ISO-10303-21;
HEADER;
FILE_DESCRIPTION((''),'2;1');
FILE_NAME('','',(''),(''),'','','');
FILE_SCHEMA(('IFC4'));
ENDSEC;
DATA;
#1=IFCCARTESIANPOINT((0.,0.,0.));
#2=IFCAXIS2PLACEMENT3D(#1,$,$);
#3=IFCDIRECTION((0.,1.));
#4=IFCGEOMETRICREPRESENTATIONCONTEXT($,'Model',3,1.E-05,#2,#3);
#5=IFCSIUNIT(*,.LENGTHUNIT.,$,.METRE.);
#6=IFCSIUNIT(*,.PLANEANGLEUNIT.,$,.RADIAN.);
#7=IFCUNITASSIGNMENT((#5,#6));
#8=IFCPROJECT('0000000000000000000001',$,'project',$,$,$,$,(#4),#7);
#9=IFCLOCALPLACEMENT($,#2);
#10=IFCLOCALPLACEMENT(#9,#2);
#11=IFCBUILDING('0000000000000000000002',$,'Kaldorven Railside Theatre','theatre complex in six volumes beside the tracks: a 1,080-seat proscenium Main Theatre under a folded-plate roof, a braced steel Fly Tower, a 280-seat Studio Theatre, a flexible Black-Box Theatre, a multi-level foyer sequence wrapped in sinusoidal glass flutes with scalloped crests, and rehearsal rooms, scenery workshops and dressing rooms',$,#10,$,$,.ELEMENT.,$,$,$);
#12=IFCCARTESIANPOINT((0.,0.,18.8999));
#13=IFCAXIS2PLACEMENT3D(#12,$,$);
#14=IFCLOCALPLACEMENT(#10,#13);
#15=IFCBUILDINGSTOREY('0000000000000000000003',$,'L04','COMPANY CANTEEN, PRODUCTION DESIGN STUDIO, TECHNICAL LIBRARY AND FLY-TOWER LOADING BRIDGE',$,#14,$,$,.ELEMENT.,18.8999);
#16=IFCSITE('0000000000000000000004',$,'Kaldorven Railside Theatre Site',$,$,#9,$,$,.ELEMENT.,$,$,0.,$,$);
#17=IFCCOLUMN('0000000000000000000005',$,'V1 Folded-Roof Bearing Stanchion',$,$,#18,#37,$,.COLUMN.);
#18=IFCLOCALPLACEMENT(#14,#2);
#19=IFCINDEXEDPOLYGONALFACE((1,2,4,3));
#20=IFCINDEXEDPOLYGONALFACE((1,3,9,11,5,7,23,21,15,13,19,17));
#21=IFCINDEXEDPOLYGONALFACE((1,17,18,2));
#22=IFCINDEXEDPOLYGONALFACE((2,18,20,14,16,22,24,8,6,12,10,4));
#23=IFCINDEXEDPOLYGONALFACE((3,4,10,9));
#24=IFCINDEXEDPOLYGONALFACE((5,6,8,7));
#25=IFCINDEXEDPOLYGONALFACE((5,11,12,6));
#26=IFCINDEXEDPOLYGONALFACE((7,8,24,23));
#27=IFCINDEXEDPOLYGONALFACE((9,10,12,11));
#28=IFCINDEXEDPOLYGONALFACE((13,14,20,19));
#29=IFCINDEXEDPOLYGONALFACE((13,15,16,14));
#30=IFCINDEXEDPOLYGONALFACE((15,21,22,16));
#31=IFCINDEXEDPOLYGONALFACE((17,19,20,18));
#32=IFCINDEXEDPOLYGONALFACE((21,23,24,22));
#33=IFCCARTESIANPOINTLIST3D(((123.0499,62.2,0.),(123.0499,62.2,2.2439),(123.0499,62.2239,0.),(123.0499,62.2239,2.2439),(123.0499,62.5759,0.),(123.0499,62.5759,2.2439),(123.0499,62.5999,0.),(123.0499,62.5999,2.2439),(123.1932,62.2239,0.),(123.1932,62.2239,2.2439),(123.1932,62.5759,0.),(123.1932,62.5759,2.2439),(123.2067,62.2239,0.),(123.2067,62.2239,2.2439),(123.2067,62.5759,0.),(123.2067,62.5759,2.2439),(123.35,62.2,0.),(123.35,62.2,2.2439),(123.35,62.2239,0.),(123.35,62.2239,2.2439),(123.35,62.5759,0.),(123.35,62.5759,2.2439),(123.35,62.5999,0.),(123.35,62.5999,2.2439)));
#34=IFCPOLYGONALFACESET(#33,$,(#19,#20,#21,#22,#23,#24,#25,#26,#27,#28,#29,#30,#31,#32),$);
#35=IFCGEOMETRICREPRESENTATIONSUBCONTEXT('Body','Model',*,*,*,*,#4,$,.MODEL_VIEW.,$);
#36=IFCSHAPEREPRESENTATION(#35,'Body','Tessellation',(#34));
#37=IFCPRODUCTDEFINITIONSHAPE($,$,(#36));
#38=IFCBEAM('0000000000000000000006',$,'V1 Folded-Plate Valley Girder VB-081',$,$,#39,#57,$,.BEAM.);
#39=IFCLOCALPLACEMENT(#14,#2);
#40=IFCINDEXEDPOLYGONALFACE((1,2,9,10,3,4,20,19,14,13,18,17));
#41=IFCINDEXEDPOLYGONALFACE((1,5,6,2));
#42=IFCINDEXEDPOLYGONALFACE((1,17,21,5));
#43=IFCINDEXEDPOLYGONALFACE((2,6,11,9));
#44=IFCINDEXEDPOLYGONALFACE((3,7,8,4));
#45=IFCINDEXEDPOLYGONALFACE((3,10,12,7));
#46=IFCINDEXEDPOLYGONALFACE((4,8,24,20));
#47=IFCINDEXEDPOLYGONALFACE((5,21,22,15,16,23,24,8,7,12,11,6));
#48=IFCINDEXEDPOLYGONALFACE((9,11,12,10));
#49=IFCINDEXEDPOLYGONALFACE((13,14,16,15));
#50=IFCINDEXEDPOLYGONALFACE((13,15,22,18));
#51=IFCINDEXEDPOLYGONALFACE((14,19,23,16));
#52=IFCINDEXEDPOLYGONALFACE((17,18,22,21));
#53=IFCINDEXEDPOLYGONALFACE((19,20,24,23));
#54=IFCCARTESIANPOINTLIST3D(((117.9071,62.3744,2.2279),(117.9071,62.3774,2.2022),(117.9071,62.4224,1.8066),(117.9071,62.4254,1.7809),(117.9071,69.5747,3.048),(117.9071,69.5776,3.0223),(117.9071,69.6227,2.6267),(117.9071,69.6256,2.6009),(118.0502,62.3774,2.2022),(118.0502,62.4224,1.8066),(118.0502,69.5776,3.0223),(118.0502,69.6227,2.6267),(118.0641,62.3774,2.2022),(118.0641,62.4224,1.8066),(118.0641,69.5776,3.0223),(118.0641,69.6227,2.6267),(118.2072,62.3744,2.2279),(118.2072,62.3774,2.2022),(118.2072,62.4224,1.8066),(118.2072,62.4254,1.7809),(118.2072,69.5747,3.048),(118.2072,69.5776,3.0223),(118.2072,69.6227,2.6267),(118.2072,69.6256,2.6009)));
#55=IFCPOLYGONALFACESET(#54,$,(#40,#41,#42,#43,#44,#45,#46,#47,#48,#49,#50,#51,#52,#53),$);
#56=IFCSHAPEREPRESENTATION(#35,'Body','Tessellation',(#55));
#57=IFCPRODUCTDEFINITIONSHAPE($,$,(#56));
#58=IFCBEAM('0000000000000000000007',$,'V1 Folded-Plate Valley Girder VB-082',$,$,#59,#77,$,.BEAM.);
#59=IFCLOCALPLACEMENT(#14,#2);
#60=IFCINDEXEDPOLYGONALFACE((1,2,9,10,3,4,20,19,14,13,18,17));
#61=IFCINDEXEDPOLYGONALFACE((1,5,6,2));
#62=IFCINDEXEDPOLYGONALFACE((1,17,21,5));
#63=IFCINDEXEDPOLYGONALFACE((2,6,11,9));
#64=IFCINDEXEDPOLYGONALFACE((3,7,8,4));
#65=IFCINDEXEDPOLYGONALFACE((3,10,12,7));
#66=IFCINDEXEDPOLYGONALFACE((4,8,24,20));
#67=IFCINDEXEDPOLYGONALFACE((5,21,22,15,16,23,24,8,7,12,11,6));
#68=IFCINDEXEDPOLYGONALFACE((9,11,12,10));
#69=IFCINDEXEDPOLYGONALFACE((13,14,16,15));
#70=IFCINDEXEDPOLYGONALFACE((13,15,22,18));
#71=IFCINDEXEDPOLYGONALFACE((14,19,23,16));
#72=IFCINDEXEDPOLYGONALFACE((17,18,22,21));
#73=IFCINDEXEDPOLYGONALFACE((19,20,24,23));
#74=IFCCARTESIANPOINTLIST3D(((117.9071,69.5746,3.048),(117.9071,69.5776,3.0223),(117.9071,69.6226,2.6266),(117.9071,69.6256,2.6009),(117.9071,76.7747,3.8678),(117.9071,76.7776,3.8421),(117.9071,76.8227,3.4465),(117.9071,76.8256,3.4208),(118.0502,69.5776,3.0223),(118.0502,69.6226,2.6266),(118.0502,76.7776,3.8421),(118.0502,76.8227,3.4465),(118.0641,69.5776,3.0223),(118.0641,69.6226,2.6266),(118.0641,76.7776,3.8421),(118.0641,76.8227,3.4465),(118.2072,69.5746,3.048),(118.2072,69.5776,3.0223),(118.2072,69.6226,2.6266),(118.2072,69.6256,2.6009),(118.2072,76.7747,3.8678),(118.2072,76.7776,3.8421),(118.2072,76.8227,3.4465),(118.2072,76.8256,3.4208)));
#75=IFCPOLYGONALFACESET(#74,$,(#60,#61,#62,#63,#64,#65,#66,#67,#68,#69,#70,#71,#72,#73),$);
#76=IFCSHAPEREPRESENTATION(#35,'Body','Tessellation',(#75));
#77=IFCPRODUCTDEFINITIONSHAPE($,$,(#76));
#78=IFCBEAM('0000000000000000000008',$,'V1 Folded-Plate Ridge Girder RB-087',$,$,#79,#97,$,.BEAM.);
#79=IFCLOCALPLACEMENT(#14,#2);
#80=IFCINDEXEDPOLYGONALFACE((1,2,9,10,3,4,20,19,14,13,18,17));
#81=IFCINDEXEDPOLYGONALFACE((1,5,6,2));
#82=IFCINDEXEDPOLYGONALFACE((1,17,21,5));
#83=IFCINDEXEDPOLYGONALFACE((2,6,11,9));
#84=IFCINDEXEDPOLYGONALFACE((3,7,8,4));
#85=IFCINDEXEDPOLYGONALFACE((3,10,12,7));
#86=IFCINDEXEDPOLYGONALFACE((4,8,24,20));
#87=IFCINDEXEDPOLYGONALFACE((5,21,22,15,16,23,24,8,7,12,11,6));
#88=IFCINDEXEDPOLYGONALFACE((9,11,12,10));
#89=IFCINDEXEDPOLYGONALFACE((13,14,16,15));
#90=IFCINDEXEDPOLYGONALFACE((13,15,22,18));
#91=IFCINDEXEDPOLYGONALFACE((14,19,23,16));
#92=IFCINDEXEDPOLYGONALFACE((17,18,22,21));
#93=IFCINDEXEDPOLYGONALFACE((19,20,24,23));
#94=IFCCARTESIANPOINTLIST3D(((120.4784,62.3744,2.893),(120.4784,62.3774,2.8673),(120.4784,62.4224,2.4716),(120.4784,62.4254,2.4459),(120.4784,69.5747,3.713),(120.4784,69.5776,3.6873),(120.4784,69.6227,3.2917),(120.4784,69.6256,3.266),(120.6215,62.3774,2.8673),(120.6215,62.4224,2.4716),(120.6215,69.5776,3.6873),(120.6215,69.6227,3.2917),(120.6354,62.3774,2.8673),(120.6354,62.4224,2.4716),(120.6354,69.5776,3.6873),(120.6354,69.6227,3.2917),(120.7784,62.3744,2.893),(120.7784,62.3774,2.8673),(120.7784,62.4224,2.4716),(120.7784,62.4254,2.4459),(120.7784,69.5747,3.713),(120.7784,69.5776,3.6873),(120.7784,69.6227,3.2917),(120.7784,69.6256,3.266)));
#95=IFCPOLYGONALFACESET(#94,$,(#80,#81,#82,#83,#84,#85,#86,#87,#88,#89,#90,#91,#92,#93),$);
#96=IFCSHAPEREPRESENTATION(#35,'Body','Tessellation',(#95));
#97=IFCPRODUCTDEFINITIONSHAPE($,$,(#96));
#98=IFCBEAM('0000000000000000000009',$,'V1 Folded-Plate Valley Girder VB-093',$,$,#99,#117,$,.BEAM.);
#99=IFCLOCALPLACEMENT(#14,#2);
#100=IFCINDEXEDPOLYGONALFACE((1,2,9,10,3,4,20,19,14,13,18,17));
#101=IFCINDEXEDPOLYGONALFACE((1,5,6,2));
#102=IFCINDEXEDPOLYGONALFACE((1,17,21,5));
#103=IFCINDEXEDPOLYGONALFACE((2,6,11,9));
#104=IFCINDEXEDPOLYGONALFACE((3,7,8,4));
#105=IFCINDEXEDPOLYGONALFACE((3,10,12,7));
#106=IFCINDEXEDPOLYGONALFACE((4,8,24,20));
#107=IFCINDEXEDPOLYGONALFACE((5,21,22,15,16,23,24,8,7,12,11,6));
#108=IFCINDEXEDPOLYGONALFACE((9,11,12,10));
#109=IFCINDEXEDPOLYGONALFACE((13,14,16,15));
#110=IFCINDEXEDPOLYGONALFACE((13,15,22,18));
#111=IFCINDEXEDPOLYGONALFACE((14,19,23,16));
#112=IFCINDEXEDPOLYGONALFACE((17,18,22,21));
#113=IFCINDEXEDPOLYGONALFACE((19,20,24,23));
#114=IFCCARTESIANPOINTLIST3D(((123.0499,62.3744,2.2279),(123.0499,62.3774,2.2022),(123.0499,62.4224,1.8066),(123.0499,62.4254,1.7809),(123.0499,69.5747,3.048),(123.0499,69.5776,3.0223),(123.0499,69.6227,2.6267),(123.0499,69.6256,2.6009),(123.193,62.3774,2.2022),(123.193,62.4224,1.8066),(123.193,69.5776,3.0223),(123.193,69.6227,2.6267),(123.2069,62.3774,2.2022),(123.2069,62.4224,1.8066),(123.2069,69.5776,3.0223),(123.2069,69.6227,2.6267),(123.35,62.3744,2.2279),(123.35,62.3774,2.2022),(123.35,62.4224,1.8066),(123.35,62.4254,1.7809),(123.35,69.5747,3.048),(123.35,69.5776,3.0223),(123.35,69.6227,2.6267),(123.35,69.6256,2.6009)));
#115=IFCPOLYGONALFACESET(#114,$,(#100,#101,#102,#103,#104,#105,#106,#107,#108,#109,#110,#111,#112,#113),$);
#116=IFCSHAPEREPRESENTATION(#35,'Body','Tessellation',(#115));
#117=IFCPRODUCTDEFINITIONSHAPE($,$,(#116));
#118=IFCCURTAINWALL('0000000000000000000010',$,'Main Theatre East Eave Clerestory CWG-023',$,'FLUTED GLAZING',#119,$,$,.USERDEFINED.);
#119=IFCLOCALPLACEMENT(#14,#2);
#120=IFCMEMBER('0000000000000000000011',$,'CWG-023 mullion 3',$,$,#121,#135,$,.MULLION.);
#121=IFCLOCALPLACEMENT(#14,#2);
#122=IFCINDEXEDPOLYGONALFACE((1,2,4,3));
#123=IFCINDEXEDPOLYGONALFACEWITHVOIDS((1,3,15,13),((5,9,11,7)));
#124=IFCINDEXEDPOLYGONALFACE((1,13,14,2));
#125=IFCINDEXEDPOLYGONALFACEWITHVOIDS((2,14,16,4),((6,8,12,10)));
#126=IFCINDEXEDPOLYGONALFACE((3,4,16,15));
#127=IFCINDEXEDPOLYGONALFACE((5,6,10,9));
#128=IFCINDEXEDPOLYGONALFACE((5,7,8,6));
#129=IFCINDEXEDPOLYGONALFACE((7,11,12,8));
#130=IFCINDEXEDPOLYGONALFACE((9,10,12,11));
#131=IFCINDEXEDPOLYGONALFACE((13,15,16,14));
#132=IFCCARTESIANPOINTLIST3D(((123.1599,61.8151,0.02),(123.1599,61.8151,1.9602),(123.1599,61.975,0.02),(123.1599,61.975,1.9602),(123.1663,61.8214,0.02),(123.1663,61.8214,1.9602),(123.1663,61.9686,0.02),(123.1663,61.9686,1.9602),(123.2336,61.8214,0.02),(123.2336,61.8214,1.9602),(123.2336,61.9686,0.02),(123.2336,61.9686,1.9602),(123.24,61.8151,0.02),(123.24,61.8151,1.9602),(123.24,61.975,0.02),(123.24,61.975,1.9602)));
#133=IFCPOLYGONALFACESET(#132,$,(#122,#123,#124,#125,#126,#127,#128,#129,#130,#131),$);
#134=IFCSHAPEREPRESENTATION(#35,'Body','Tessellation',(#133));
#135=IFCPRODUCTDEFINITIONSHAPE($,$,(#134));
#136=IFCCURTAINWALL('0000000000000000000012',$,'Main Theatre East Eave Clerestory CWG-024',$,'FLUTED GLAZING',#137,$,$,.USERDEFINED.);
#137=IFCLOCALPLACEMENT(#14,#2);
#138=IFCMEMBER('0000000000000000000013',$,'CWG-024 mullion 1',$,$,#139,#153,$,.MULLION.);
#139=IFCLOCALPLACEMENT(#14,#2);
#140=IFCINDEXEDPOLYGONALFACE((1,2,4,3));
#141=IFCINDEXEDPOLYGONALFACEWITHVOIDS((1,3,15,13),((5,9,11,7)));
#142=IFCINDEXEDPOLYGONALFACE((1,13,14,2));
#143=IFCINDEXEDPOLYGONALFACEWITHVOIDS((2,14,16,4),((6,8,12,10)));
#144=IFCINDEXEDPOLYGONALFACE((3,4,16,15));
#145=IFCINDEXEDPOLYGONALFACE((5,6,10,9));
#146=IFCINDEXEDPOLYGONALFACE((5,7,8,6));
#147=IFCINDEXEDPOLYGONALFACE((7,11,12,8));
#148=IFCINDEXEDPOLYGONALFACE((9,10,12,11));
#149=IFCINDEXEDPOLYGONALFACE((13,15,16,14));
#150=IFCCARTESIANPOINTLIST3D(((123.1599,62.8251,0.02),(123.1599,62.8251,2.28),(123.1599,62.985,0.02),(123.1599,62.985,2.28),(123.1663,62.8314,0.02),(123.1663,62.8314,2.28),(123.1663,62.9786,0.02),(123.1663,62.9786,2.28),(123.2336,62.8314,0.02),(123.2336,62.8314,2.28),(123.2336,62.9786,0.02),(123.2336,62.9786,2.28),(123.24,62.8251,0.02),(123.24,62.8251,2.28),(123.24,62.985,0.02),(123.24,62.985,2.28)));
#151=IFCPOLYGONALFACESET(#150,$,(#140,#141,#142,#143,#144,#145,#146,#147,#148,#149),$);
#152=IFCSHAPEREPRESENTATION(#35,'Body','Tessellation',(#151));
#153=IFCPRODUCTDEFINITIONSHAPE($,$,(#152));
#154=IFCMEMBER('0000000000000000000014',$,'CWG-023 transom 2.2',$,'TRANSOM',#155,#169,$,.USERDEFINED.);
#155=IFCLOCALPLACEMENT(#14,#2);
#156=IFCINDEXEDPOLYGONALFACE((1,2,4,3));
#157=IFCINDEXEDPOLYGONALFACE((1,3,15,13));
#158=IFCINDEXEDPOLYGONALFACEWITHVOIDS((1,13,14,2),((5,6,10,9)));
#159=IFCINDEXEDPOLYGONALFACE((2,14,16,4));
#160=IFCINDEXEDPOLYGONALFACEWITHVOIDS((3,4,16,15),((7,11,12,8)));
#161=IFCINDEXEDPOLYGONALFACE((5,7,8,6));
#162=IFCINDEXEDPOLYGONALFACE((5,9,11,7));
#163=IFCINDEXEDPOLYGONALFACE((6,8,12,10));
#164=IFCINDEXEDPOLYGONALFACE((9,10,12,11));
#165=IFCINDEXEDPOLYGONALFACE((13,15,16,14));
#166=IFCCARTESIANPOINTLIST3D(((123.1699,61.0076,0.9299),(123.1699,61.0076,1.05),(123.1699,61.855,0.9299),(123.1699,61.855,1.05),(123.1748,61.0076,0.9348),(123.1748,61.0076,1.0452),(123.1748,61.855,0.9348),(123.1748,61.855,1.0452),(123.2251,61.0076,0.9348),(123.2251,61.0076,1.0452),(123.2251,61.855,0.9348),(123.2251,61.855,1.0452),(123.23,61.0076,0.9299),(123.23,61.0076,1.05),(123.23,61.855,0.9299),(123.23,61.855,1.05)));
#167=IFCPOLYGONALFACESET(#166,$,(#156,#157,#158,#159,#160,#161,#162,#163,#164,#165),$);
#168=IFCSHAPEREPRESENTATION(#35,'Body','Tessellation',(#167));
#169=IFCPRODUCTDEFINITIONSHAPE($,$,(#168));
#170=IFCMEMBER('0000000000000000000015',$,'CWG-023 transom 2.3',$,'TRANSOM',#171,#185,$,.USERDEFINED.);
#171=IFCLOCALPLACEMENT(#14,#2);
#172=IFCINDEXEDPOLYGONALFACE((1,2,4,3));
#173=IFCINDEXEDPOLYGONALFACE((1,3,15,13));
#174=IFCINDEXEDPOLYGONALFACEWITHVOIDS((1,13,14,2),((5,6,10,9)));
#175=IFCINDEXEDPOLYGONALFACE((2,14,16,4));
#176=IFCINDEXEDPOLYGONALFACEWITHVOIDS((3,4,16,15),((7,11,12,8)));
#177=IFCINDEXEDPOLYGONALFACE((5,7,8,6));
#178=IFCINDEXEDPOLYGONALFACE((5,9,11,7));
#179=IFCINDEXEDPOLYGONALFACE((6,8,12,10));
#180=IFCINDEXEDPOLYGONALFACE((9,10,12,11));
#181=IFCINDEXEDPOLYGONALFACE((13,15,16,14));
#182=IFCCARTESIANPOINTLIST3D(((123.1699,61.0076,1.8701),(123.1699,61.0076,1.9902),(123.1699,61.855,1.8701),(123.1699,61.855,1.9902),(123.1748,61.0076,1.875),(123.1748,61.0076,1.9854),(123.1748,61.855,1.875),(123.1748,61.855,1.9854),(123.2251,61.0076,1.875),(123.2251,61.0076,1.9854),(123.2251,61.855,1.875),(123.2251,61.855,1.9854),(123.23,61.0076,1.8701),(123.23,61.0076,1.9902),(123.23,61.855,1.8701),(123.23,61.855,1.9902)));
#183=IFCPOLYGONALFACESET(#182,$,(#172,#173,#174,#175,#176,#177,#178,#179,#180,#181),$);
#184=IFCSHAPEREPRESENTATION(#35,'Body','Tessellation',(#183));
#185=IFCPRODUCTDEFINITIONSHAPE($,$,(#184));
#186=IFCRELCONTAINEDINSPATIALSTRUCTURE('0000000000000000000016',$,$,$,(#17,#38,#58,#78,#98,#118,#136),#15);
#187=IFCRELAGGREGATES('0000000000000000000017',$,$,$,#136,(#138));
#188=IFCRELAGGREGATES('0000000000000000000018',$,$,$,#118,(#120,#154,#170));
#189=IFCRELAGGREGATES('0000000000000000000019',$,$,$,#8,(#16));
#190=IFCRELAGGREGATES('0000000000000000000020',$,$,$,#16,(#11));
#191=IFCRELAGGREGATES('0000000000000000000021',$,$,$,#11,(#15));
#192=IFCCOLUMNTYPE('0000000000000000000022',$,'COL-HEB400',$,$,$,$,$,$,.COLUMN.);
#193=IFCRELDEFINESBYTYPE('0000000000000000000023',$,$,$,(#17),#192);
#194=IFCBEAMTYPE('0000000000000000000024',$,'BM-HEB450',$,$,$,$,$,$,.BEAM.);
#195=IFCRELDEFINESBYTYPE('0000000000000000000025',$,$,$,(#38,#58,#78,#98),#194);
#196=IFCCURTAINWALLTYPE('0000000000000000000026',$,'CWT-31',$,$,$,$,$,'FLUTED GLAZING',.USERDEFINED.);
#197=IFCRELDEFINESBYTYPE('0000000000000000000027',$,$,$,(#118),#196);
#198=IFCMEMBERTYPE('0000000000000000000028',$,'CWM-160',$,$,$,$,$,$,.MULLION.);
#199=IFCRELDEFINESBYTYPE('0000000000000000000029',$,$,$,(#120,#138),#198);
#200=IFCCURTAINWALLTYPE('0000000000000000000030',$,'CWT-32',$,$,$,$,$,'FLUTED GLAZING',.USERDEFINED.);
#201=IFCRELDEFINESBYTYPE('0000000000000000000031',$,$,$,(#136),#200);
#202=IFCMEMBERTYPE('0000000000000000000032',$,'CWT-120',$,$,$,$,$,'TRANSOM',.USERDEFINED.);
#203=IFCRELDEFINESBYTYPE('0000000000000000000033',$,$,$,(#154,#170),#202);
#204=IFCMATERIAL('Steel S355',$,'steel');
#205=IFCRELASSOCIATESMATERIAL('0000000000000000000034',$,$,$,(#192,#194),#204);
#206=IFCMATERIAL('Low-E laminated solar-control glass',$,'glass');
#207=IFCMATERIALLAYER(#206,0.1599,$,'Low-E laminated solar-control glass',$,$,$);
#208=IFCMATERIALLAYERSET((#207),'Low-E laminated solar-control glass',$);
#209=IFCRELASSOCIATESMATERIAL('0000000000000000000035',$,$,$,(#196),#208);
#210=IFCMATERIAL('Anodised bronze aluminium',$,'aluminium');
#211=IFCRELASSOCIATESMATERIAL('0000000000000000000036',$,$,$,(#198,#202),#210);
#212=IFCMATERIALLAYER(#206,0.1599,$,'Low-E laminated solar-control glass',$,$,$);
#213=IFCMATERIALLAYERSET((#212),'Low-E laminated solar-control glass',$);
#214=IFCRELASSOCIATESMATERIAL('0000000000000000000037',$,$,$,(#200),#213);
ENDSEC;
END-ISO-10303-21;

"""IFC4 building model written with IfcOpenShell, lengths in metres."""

from ifc_helpers import new_model, si_unit, direction, frame, origin, origin_2d, place, context, subcontext, project, spatial, hollow_rectangle, i_section, extrude, material, layer, layer_set, material_profile, profile_set, type_object, element, aggregate, save


model = new_model("IFC4")

# Units and contexts
model_context = context("Model", 3, precision=1e-05, world=origin(), true_north=direction((0.0, 1.0)))
body_context = subcontext(model_context, "Body", "Model", "MODEL_VIEW")
ifc_project = project(units=[si_unit("LENGTHUNIT", "METRE"), si_unit("PLANEANGLEUNIT", "RADIAN")], contexts=[model_context])

# Site, building, storey
site_placement = place(None, origin())
site = spatial("IfcSite", under=ifc_project, at=site_placement, Name="Kaldorven Railside Theatre Site", CompositionType="ELEMENT", RefElevation=0.0)
building_placement = place(site_placement, origin())
building = spatial("IfcBuilding", under=site, at=building_placement, Name="Kaldorven Railside Theatre", Description="theatre complex in six volumes beside the tracks: a 1,080-seat proscenium Main Theatre under a folded-plate roof, a braced steel Fly Tower, a 280-seat Studio Theatre, a flexible Black-Box Theatre, a multi-level foyer sequence wrapped in sinusoidal glass flutes with scalloped crests, and rehearsal rooms, scenery workshops and dressing rooms", CompositionType="ELEMENT")
storey_placement = place(building_placement, frame((0.0, 0.0, 18.8999)))
storey = spatial("IfcBuildingStorey", under=building, at=storey_placement, Name="L04", Description="COMPANY CANTEEN, PRODUCTION DESIGN STUDIO, TECHNICAL LIBRARY AND FLY-TOWER LOADING BRIDGE", CompositionType="ELEMENT", Elevation=18.8999)

# Column
ifc_material_1 = material(Name="Steel S355", Category="steel")
ifc_material_profile_1 = material_profile(ifc_material_1, i_section(OverallWidth=0.3, OverallDepth=0.3999, WebThickness=0.0134, FlangeThickness=0.0239, at=origin_2d()), Name="HEB 400")
ifc_profile_set_1 = profile_set([ifc_material_profile_1], Name="Steel S355")
column_type = type_object("IfcColumnType", Name="COL-HEB400", PredefinedType="COLUMN", material=ifc_profile_set_1)
column_placement = place(storey_placement, frame((123.2, 62.3999, 0.0), z_axis=(0.0, 0.0, 1.0), x_axis=(1.0, 0.0, 0.0)))
element("IfcColumn", 1, at=column_placement, inside=storey, type_object=column_type, Name="V1 Folded-Roof Bearing Stanchion", PredefinedType="COLUMN", context=body_context, shape_type="SweptSolid", body=[
    extrude(i_section(OverallWidth=0.3, OverallDepth=0.3999, WebThickness=0.0134, FlangeThickness=0.0239, at=origin_2d()), origin(), (0.0, 0.0, 1.0), 2.2439),
])

# Beams
ifc_material_profile_2 = material_profile(ifc_material_1, i_section(OverallWidth=0.3, OverallDepth=0.45, WebThickness=0.0139, FlangeThickness=0.0259, at=origin_2d()), Name="HEB 450")
ifc_profile_set_2 = profile_set([ifc_material_profile_2], Name="Steel S355")
beam_type = type_object("IfcBeamType", Name="BM-HEB450", PredefinedType="BEAM", material=ifc_profile_set_2)
beam_1_placement = place(storey_placement, frame((118.0571, 62.3999, 2.0044), z_axis=(0.0, 0.993576, 0.113164), x_axis=(-1.0, 0.0, 0.0)))
element("IfcBeam", 2, at=beam_1_placement, inside=storey, type_object=beam_type, Name="V1 Folded-Plate Valley Girder VB-081", PredefinedType="BEAM", context=body_context, shape_type="SweptSolid", body=[
    extrude(i_section(OverallWidth=0.3, OverallDepth=0.45, WebThickness=0.0139, FlangeThickness=0.0259, at=origin_2d()), origin(), (0.0, 0.0, 1.0), 7.2468),
])
beam_2_placement = place(storey_placement, frame((118.0571, 69.6001, 2.8245), z_axis=(0.0, 0.99358, 0.113134), x_axis=(-1.0, 0.0, 0.0)))
element("IfcBeam", 3, at=beam_2_placement, inside=storey, type_object=beam_type, Name="V1 Folded-Plate Valley Girder VB-082", PredefinedType="BEAM", context=body_context, shape_type="SweptSolid", body=[
    extrude(i_section(OverallWidth=0.3, OverallDepth=0.45, WebThickness=0.0139, FlangeThickness=0.0259, at=origin_2d()), origin(), (0.0, 0.0, 1.0), 7.2466),
])
for number, where, z_axis, x_axis, name in (
    (4, (120.6284, 62.3999, 2.6694), (0.0, 0.993576, 0.113164), (-1.0, 0.0, 0.0), "V1 Folded-Plate Ridge Girder RB-087"),
    (5, (123.2, 62.3999, 2.0044), (0.0, 0.993576, 0.113164), (-1.0, 0.0, 0.0), "V1 Folded-Plate Valley Girder VB-093"),
):
    element("IfcBeam", number, at=place(storey_placement, frame(where, z_axis=z_axis, x_axis=x_axis)), inside=storey, type_object=beam_type, Name=name, PredefinedType="BEAM", context=body_context, shape_type="SweptSolid", body=[
        extrude(i_section(OverallWidth=0.3, OverallDepth=0.45, WebThickness=0.0139, FlangeThickness=0.0259, at=origin_2d()), origin(), (0.0, 0.0, 1.0), 7.2468),
    ])

# Curtain walls, members
ifc_material_2 = material(Name="Low-E laminated solar-control glass", Category="glass")
ifc_layer_1 = layer(ifc_material_2, 0.1599, Name="Low-E laminated solar-control glass")
ifc_layer_set_1 = layer_set([ifc_layer_1], Name="Low-E laminated solar-control glass")
curtain_wall_type_1 = type_object("IfcCurtainWallType", Name="CWT-31", ElementType="FLUTED GLAZING", PredefinedType="USERDEFINED", material=ifc_layer_set_1)
curtain_wall_1_placement = place(storey_placement, origin())
curtain_wall_1 = element("IfcCurtainWall", 6, at=curtain_wall_1_placement, inside=storey, type_object=curtain_wall_type_1, Name="Main Theatre East Eave Clerestory CWG-023", ObjectType="FLUTED GLAZING", PredefinedType="USERDEFINED")
ifc_material_3 = material(Name="Anodised bronze aluminium", Category="aluminium")
ifc_material_profile_3 = material_profile(ifc_material_3, hollow_rectangle(XDim=0.0801, YDim=0.1599, WallThickness=0.0063, at=origin_2d()), Name="RHS 160x80x6.3")
ifc_profile_set_3 = profile_set([ifc_material_profile_3], Name="Anodised bronze aluminium")
member_type_1 = type_object("IfcMemberType", Name="CWM-160", PredefinedType="MULLION", material=ifc_profile_set_3)
member_1_placement = place(storey_placement, frame((123.2, 61.895, 0.02), z_axis=(0.0, 0.0, 1.0), x_axis=(-1.0, 0.0, 0.0)))
member_1 = element("IfcMember", 7, at=member_1_placement, type_object=member_type_1, Name="CWG-023 mullion 3", PredefinedType="MULLION", context=body_context, shape_type="SweptSolid", body=[
    extrude(hollow_rectangle(XDim=0.0801, YDim=0.1599, WallThickness=0.0063, at=origin_2d()), origin(), (0.0, 0.0, 1.0), 1.9402),
])
ifc_layer_2 = layer(ifc_material_2, 0.1599, Name="Low-E laminated solar-control glass")
ifc_layer_set_2 = layer_set([ifc_layer_2], Name="Low-E laminated solar-control glass")
curtain_wall_type_2 = type_object("IfcCurtainWallType", Name="CWT-32", ElementType="FLUTED GLAZING", PredefinedType="USERDEFINED", material=ifc_layer_set_2)
curtain_wall_2_placement = place(storey_placement, origin())
curtain_wall_2 = element("IfcCurtainWall", 8, at=curtain_wall_2_placement, inside=storey, type_object=curtain_wall_type_2, Name="Main Theatre East Eave Clerestory CWG-024", ObjectType="FLUTED GLAZING", PredefinedType="USERDEFINED")
member_2_placement = place(storey_placement, frame((123.2, 62.905, 0.02), z_axis=(0.0, 0.0, 1.0), x_axis=(-1.0, 0.0, 0.0)))
member_2 = element("IfcMember", 9, at=member_2_placement, type_object=member_type_1, Name="CWG-024 mullion 1", PredefinedType="MULLION", context=body_context, shape_type="SweptSolid", body=[
    extrude(hollow_rectangle(XDim=0.0801, YDim=0.1599, WallThickness=0.0063, at=origin_2d()), origin(), (0.0, 0.0, 1.0), 2.26),
])

# Members
ifc_material_profile_4 = material_profile(ifc_material_3, hollow_rectangle(XDim=0.0601, YDim=0.1201, WallThickness=0.0049, at=origin_2d()), Name="RHS 120x60x5")
ifc_profile_set_4 = profile_set([ifc_material_profile_4], Name="Anodised bronze aluminium")
member_type_2 = type_object("IfcMemberType", Name="CWT-120", ElementType="TRANSOM", PredefinedType="USERDEFINED", material=ifc_profile_set_4)
member_3_placement = place(storey_placement, frame((123.2, 61.0076, 0.99), z_axis=(0.0, 1.0, 0.0), x_axis=(-1.0, 0.0, 0.0)))
member_3 = element("IfcMember", 10, at=member_3_placement, type_object=member_type_2, Name="CWG-023 transom 2.2", ObjectType="TRANSOM", PredefinedType="USERDEFINED", context=body_context, shape_type="SweptSolid", body=[
    extrude(hollow_rectangle(XDim=0.0601, YDim=0.1201, WallThickness=0.0049, at=origin_2d()), origin(), (0.0, 0.0, 1.0), 0.8474),
])
member_4_placement = place(storey_placement, frame((123.2, 61.0076, 1.9302), z_axis=(0.0, 1.0, 0.0), x_axis=(-1.0, 0.0, 0.0)))
member_4 = element("IfcMember", 11, at=member_4_placement, type_object=member_type_2, Name="CWG-023 transom 2.3", ObjectType="TRANSOM", PredefinedType="USERDEFINED", context=body_context, shape_type="SweptSolid", body=[
    extrude(hollow_rectangle(XDim=0.0601, YDim=0.1201, WallThickness=0.0049, at=origin_2d()), origin(), (0.0, 0.0, 1.0), 0.8474),
])
aggregate(curtain_wall_2, [member_2])

aggregate(curtain_wall_1, [member_1, member_3, member_4])

save(model, "model.ifc")
